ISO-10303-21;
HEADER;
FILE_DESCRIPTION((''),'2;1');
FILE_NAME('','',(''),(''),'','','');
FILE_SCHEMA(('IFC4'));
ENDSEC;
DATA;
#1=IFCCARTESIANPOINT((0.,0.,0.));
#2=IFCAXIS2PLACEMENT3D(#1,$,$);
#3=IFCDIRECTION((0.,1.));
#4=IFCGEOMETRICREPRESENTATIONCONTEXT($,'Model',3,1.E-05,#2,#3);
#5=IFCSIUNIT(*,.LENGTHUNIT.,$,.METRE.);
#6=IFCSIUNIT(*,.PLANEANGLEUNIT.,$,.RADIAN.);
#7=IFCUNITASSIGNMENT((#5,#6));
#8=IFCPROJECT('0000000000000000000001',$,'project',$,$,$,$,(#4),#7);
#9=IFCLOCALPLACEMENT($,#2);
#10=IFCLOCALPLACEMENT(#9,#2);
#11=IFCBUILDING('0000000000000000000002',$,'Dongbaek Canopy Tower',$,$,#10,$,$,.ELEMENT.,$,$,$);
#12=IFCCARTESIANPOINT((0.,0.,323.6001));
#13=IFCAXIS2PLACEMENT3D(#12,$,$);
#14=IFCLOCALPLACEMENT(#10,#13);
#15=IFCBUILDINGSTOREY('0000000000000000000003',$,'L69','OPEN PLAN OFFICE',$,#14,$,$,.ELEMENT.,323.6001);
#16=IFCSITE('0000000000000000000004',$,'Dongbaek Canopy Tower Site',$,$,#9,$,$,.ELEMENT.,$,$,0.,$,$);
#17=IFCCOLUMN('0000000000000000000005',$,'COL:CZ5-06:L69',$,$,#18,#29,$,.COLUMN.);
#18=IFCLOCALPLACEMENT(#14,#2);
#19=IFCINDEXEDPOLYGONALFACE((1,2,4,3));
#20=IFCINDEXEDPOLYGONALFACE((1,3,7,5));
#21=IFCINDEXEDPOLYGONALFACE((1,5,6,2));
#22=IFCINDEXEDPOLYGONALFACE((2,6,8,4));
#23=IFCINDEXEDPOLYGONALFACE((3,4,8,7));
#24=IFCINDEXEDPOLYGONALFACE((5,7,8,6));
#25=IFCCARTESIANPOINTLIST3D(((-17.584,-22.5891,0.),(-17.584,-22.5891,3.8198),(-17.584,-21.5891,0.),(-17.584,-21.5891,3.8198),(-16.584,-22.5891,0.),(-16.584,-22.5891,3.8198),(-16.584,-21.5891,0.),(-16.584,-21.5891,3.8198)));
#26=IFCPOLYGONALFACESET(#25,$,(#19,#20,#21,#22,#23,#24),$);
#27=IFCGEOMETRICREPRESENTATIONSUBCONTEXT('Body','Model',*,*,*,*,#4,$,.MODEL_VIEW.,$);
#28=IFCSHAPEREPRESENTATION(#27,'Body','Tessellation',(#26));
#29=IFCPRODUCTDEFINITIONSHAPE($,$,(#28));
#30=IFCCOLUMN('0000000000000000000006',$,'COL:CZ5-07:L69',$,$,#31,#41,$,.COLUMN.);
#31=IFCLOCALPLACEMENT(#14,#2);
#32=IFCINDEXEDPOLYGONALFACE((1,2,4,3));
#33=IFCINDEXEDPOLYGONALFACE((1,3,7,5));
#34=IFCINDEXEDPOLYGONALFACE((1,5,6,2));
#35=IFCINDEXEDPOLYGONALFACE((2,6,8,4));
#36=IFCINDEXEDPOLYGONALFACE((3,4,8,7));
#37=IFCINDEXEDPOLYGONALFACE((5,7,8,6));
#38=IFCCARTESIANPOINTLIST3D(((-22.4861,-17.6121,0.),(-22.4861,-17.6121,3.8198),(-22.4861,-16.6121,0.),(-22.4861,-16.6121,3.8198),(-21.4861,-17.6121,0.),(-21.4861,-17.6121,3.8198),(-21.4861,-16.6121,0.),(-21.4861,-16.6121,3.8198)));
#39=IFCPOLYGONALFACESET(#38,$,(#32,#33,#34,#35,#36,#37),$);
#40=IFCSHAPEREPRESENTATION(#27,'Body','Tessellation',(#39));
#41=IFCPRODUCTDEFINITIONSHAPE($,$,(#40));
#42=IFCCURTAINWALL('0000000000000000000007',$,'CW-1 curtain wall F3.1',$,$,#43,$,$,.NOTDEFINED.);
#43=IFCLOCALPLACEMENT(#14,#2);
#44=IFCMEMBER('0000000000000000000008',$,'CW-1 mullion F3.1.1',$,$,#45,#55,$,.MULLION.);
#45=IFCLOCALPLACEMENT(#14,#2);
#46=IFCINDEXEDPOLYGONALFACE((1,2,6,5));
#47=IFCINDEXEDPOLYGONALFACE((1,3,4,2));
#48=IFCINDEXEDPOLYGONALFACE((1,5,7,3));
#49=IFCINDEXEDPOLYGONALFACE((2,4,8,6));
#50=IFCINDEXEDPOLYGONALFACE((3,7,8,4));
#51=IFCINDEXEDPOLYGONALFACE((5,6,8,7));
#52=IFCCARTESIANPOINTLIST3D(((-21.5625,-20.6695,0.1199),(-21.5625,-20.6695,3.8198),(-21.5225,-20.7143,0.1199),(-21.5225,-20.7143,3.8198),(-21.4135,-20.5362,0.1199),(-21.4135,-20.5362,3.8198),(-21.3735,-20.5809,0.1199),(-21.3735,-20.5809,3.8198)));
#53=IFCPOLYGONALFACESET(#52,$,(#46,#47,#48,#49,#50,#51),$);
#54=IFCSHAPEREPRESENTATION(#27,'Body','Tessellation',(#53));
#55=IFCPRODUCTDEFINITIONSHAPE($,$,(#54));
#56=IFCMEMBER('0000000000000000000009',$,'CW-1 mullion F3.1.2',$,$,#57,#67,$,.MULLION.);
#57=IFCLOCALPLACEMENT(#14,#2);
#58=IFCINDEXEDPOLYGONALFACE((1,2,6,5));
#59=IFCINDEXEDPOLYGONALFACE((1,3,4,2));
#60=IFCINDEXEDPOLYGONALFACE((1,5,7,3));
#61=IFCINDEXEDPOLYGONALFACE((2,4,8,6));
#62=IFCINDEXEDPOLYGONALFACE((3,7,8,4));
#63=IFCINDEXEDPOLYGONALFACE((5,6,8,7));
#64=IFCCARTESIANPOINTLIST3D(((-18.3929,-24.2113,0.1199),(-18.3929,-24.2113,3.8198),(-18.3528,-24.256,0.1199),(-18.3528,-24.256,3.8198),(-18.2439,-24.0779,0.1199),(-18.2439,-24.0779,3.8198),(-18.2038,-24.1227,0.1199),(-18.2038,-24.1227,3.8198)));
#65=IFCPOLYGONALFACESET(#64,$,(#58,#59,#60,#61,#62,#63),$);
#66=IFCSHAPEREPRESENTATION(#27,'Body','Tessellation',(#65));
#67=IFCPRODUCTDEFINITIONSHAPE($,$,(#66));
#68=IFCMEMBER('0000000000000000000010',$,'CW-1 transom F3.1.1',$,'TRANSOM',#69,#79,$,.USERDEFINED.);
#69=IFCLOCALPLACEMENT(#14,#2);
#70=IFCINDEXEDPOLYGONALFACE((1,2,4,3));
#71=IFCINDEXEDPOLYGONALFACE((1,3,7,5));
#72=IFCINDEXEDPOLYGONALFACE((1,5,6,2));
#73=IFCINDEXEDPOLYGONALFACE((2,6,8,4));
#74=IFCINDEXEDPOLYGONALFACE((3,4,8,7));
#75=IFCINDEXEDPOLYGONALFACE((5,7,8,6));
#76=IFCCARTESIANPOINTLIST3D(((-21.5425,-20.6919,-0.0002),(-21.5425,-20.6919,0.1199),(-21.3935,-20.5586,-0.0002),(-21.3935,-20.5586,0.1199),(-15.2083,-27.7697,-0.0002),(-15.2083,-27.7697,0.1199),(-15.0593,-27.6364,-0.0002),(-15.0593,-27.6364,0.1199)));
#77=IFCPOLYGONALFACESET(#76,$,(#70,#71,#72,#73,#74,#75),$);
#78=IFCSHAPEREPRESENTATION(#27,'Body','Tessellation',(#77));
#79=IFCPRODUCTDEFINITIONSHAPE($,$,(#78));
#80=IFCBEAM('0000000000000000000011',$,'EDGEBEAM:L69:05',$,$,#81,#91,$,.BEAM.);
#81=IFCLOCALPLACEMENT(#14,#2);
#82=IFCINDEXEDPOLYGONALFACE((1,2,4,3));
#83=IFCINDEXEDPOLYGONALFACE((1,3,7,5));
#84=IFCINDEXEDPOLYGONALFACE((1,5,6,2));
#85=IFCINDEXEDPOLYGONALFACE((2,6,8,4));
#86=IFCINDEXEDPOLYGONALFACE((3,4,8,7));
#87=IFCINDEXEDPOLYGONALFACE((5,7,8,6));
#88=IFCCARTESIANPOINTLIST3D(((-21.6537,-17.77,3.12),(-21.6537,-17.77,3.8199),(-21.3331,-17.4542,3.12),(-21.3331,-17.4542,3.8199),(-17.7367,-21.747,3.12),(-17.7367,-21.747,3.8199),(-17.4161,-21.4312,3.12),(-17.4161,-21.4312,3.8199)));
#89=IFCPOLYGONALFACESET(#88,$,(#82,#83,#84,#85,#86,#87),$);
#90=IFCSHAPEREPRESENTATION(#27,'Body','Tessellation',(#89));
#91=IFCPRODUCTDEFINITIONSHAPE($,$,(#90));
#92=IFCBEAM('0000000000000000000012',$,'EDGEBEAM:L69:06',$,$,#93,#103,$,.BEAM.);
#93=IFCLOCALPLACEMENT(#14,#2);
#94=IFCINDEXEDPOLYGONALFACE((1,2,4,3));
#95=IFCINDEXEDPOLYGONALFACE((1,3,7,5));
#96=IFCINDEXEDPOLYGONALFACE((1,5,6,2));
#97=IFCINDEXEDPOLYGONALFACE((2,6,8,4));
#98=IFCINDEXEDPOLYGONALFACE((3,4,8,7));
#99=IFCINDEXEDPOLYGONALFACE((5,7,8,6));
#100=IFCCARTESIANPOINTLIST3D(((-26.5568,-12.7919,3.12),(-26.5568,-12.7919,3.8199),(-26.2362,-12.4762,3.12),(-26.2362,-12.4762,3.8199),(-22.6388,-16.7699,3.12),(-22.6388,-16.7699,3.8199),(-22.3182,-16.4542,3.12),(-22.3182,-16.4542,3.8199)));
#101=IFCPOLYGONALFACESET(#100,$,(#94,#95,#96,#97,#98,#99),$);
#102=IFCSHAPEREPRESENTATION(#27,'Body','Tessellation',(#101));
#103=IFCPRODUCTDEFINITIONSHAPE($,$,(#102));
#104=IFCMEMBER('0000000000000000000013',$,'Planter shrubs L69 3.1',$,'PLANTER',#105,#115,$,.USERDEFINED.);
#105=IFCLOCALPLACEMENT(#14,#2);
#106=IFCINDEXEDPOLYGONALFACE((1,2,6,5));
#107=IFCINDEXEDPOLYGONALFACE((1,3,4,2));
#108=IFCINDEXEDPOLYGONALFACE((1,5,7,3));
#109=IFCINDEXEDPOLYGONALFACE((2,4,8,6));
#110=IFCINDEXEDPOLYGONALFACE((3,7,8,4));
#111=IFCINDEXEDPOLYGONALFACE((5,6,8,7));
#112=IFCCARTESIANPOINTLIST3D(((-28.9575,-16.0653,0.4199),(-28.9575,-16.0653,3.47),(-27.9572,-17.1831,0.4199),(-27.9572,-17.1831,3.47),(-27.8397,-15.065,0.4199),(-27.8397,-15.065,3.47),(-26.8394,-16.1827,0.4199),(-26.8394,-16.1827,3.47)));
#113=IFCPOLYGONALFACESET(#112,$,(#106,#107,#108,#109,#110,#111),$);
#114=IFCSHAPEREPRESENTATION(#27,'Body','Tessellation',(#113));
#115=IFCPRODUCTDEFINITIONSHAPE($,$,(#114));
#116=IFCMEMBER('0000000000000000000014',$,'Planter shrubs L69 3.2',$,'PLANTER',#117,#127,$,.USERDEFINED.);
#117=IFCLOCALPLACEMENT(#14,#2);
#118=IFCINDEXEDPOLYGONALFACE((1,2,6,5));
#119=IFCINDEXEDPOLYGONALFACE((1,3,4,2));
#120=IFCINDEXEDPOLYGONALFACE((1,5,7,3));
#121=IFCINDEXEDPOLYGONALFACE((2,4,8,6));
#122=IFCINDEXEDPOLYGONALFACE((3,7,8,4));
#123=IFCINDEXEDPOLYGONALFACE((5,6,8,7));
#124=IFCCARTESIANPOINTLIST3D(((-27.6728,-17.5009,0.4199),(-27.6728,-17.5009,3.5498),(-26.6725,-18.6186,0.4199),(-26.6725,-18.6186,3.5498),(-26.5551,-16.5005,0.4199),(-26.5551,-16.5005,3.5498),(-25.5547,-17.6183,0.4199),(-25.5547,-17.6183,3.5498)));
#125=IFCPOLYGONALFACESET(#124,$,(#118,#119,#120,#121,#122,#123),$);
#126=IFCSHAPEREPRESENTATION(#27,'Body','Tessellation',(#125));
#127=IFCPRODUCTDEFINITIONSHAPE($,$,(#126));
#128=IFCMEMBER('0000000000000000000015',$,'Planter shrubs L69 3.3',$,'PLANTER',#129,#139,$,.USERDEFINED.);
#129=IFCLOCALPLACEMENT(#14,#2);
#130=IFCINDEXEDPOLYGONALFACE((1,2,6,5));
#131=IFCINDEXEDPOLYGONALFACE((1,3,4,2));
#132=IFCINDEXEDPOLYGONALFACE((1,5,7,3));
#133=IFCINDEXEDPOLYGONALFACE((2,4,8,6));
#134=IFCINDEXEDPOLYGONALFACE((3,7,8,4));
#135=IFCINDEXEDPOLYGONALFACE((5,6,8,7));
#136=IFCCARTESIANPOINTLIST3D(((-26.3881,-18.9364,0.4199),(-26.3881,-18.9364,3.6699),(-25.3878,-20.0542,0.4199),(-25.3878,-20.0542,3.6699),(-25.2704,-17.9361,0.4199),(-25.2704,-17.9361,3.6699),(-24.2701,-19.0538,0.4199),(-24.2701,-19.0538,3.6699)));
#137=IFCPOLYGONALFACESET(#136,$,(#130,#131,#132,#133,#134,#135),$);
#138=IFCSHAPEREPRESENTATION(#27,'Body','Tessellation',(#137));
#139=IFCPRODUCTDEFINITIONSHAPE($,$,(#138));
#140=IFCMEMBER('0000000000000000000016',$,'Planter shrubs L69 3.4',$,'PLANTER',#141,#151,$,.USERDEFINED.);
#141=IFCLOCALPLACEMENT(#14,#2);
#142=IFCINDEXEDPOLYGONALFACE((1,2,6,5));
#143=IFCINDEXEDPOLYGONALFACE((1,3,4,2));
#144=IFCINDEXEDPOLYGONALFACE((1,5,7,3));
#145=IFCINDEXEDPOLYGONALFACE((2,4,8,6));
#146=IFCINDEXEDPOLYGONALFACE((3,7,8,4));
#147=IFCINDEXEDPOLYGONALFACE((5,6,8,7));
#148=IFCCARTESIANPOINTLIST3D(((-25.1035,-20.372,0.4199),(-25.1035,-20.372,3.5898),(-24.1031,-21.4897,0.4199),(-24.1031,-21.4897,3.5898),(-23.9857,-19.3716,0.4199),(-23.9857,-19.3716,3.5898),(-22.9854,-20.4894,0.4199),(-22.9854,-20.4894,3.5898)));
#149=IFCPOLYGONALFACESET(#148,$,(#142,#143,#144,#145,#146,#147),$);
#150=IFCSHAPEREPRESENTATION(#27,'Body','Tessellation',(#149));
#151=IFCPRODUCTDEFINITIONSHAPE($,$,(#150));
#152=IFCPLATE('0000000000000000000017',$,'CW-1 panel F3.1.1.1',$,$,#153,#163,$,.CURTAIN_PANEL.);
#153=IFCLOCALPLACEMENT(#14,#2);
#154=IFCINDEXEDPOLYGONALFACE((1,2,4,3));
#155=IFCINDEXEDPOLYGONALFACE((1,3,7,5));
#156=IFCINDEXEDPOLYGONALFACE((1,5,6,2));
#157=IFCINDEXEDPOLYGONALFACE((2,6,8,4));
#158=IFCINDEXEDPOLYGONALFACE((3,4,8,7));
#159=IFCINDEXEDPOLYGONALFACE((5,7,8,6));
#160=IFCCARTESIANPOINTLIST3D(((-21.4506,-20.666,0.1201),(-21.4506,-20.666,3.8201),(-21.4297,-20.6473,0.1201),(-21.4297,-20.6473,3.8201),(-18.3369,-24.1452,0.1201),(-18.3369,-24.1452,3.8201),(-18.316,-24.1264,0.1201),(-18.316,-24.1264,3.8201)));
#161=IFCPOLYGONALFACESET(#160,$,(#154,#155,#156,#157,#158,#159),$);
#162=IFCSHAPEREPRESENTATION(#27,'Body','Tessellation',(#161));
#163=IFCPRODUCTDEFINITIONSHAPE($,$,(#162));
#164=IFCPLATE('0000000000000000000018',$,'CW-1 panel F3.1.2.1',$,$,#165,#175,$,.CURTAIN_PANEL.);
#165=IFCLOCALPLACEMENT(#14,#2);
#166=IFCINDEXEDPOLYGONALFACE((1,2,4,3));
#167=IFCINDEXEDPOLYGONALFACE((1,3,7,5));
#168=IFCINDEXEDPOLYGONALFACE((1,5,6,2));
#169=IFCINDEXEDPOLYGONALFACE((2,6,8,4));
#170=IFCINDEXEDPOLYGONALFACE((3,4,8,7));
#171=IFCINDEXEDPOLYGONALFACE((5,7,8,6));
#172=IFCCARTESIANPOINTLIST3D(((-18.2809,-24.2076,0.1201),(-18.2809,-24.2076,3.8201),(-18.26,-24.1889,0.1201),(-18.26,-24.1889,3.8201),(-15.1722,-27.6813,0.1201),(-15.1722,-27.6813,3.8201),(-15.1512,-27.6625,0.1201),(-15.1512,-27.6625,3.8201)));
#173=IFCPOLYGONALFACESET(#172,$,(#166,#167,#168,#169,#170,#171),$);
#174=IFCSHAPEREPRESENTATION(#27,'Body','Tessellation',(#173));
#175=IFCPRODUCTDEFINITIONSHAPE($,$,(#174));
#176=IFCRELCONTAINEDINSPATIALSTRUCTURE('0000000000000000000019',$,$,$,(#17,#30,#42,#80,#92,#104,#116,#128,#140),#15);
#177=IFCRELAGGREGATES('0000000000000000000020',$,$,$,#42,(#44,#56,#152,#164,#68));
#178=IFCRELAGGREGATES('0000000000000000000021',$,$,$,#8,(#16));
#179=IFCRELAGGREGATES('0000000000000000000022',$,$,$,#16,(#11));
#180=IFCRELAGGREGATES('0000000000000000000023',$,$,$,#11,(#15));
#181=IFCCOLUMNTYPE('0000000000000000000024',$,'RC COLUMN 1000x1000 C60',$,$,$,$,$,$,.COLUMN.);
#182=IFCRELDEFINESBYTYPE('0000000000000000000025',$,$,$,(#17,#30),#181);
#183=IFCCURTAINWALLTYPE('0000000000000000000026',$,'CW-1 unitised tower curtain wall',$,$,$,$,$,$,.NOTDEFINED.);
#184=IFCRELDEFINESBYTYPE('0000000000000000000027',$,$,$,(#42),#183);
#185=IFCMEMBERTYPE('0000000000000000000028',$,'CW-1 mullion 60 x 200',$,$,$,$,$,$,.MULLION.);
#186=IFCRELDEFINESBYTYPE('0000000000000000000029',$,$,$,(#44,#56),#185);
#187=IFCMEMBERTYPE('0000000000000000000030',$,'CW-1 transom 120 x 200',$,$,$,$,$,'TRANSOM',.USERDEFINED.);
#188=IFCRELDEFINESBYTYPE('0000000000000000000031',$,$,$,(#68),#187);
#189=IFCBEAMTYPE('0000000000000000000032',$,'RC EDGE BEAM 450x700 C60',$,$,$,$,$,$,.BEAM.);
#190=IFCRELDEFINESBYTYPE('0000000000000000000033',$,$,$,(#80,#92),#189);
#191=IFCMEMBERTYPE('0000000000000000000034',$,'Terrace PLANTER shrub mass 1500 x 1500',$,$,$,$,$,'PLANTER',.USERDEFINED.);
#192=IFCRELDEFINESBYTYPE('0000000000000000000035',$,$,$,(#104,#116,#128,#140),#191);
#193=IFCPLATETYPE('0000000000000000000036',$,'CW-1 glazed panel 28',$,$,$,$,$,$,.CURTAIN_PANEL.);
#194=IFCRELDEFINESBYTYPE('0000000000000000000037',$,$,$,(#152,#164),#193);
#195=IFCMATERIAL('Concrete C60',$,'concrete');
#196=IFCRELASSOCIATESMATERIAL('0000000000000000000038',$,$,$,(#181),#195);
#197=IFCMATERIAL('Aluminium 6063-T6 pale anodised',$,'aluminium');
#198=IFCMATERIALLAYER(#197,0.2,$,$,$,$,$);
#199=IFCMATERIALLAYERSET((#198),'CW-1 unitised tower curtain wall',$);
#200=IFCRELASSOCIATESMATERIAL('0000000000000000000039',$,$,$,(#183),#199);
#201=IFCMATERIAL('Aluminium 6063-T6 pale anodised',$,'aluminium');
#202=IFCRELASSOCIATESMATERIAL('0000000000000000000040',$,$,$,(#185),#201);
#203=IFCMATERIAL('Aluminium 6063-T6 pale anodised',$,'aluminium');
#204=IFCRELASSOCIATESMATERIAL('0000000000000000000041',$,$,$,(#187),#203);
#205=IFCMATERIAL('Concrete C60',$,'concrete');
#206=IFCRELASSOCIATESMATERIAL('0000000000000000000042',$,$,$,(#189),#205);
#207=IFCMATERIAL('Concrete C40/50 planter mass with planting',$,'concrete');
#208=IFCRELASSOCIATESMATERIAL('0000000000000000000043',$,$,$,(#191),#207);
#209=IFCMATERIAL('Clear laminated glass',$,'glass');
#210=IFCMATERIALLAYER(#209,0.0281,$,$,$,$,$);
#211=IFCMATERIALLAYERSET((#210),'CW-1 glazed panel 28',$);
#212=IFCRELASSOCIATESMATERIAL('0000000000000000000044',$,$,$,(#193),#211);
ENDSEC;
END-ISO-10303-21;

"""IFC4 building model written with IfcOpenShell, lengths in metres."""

from ifc_helpers import new_model, si_unit, direction, frame, origin, origin_2d, place, context, subcontext, project, spatial, rectangle, extrude, material, layer, layer_set, material_profile, profile_set, type_object, element, aggregate, save


model = new_model("IFC4")

# Units and contexts
model_context = context("Model", 3, precision=1e-05, world=origin(), true_north=direction((0.0, 1.0)))
body_context = subcontext(model_context, "Body", "Model", "MODEL_VIEW")
ifc_project = project(units=[si_unit("LENGTHUNIT", "METRE"), si_unit("PLANEANGLEUNIT", "RADIAN")], contexts=[model_context])

# Site, building, storey
site_placement = place(None, origin())
site = spatial("IfcSite", under=ifc_project, at=site_placement, Name="Dongbaek Canopy Tower Site", CompositionType="ELEMENT", RefElevation=0.0)
building_placement = place(site_placement, origin())
building = spatial("IfcBuilding", under=site, at=building_placement, Name="Dongbaek Canopy Tower", CompositionType="ELEMENT")
storey_placement = place(building_placement, frame((0.0, 0.0, 323.6001)))
storey = spatial("IfcBuildingStorey", under=building, at=storey_placement, Name="L69", Description="OPEN PLAN OFFICE", CompositionType="ELEMENT", Elevation=323.6001)

# Columns
ifc_material_1 = material(Name="Concrete C60", Category="concrete")
ifc_material_profile_1 = material_profile(ifc_material_1, rectangle(XDim=1.0, YDim=1.0, at=origin_2d()), Name="RC COLUMN 1000x1000 C60")
ifc_profile_set_1 = profile_set([ifc_material_profile_1], Name="Concrete C60")
column_type = type_object("IfcColumnType", Name="RC COLUMN 1000x1000 C60", PredefinedType="COLUMN", material=ifc_profile_set_1)
for number, where, z_axis, x_axis, name in (
    (1, (-17.084, -22.0891, 0.0), (0.0, 0.0, 1.0), (1.0, 0.0, 0.0), "COL:CZ5-06:L69"),
    (2, (-21.9861, -17.1121, 0.0), (0.0, 0.0, 1.0), (1.0, 0.0, 0.0), "COL:CZ5-07:L69"),
):
    element("IfcColumn", number, at=place(storey_placement, frame(where, z_axis=z_axis, x_axis=x_axis)), inside=storey, type_object=column_type, Name=name, PredefinedType="COLUMN", context=body_context, shape_type="SweptSolid", body=[
        extrude(rectangle(XDim=1.0, YDim=1.0, at=origin_2d()), origin(), (0.0, 0.0, 1.0), 3.8198),
    ])

# Curtain wall, members
ifc_material_2 = material(Name="Aluminium 6063-T6 pale anodised", Category="aluminium")
ifc_layer_1 = layer(ifc_material_2, 0.2)
ifc_layer_set_1 = layer_set([ifc_layer_1], Name="CW-1 unitised tower curtain wall")
curtain_wall_type = type_object("IfcCurtainWallType", Name="CW-1 unitised tower curtain wall", PredefinedType="NOTDEFINED", material=ifc_layer_set_1)
curtain_wall_placement = place(storey_placement, origin())
curtain_wall = element("IfcCurtainWall", 3, at=curtain_wall_placement, inside=storey, type_object=curtain_wall_type, Name="CW-1 curtain wall F3.1", PredefinedType="NOTDEFINED")
ifc_material_3 = material(Name="Aluminium 6063-T6 pale anodised", Category="aluminium")
ifc_material_profile_2 = material_profile(ifc_material_3, rectangle(XDim=0.2, YDim=0.0601, at=origin_2d()), Name="CW-1 mullion 60 x 200")
ifc_profile_set_2 = profile_set([ifc_material_profile_2], Name="Aluminium 6063-T6 pale anodised")
member_type_1 = type_object("IfcMemberType", Name="CW-1 mullion 60 x 200", PredefinedType="MULLION", material=ifc_profile_set_2)
member_1_placement = place(storey_placement, frame((-21.468, -20.6252, 0.1199), z_axis=(0.0, 0.0, 1.0), x_axis=(-0.745165, -0.66688, 0.0)))
member_1 = element("IfcMember", 4, at=member_1_placement, type_object=member_type_1, Name="CW-1 mullion F3.1.1", PredefinedType="MULLION", context=body_context, shape_type="SweptSolid", body=[
    extrude(rectangle(XDim=0.2, YDim=0.0601, at=origin_2d()), origin(), (0.0, 0.0, 1.0), 3.7),
])
member_2_placement = place(storey_placement, frame((-18.2983, -24.167, 0.1199), z_axis=(0.0, 0.0, 1.0), x_axis=(-0.745165, -0.66688, 0.0)))
member_2 = element("IfcMember", 5, at=member_2_placement, type_object=member_type_1, Name="CW-1 mullion F3.1.2", PredefinedType="MULLION", context=body_context, shape_type="SweptSolid", body=[
    extrude(rectangle(XDim=0.2, YDim=0.0601, at=origin_2d()), origin(), (0.0, 0.0, 1.0), 3.7),
])
ifc_material_4 = material(Name="Aluminium 6063-T6 pale anodised", Category="aluminium")
ifc_material_profile_3 = material_profile(ifc_material_4, rectangle(XDim=0.2, YDim=0.1201, at=origin_2d()), Name="CW-1 transom 120 x 200")
ifc_profile_set_3 = profile_set([ifc_material_profile_3], Name="Aluminium 6063-T6 pale anodised")
member_type_2 = type_object("IfcMemberType", Name="CW-1 transom 120 x 200", ElementType="TRANSOM", PredefinedType="USERDEFINED", material=ifc_profile_set_3)
member_3_placement = place(storey_placement, frame((-21.468, -20.6252, 0.0598), z_axis=(0.666876, -0.745169, 0.0), x_axis=(0.745169, 0.666876, 0.0)))
member_3 = element("IfcMember", 6, at=member_3_placement, type_object=member_type_2, Name="CW-1 transom F3.1.1", ObjectType="TRANSOM", PredefinedType="USERDEFINED", context=body_context, shape_type="SweptSolid", body=[
    extrude(rectangle(XDim=0.2, YDim=0.1201, at=origin_2d()), origin(), (0.0, 0.0, 1.0), 9.4983),
])

# Beams
ifc_material_5 = material(Name="Concrete C60", Category="concrete")
ifc_material_profile_4 = material_profile(ifc_material_5, rectangle(XDim=0.45, YDim=0.7, at=origin_2d()), Name="RC EDGE BEAM 450x700 C60")
ifc_profile_set_4 = profile_set([ifc_material_profile_4], Name="Concrete C60")
beam_type = type_object("IfcBeamType", Name="RC EDGE BEAM 450x700 C60", PredefinedType="BEAM", material=ifc_profile_set_4)
beam_1_placement = place(storey_placement, frame((-17.5764, -21.5891, 3.47), z_axis=(-0.701707, 0.712466, 0.0), x_axis=(-0.712466, -0.701707, 0.0)))
element("IfcBeam", 7, at=beam_1_placement, inside=storey, type_object=beam_type, Name="EDGEBEAM:L69:05", PredefinedType="BEAM", context=body_context, shape_type="SweptSolid", body=[
    extrude(rectangle(XDim=0.45, YDim=0.7, at=origin_2d()), origin(), (0.0, 0.0, 1.0), 5.582),
])
beam_2_placement = place(storey_placement, frame((-22.4785, -16.6121, 3.47), z_axis=(-0.701708, 0.712465, 0.0), x_axis=(-0.712465, -0.701708, 0.0)))
element("IfcBeam", 8, at=beam_2_placement, inside=storey, type_object=beam_type, Name="EDGEBEAM:L69:06", PredefinedType="BEAM", context=body_context, shape_type="SweptSolid", body=[
    extrude(rectangle(XDim=0.45, YDim=0.7, at=origin_2d()), origin(), (0.0, 0.0, 1.0), 5.5835),
])

# Members
ifc_material_6 = material(Name="Concrete C40/50 planter mass with planting", Category="concrete")
ifc_material_profile_5 = material_profile(ifc_material_6, rectangle(XDim=1.5, YDim=1.5, at=origin_2d()), Name="Terrace PLANTER shrub mass 1500 x 1500")
ifc_profile_set_5 = profile_set([ifc_material_profile_5], Name="Concrete C40/50 planter mass with planting")
member_type_3 = type_object("IfcMemberType", Name="Terrace PLANTER shrub mass 1500 x 1500", ElementType="PLANTER", PredefinedType="USERDEFINED", material=ifc_profile_set_5)
member_4_placement = place(storey_placement, frame((-27.8984, -16.124, 0.4199), z_axis=(0.0, 0.0, 1.0), x_axis=(-0.745165, -0.66688, 0.0)))
element("IfcMember", 9, at=member_4_placement, inside=storey, type_object=member_type_3, Name="Planter shrubs L69 3.1", ObjectType="PLANTER", PredefinedType="USERDEFINED", context=body_context, shape_type="SweptSolid", body=[
    extrude(rectangle(XDim=1.5, YDim=1.5, at=origin_2d()), origin(), (0.0, 0.0, 1.0), 3.05),
])
member_5_placement = place(storey_placement, frame((-26.6138, -17.5596, 0.4199), z_axis=(0.0, 0.0, 1.0), x_axis=(-0.745165, -0.66688, 0.0)))
element("IfcMember", 10, at=member_5_placement, inside=storey, type_object=member_type_3, Name="Planter shrubs L69 3.2", ObjectType="PLANTER", PredefinedType="USERDEFINED", context=body_context, shape_type="SweptSolid", body=[
    extrude(rectangle(XDim=1.5, YDim=1.5, at=origin_2d()), origin(), (0.0, 0.0, 1.0), 3.1299),
])
member_6_placement = place(storey_placement, frame((-25.3291, -18.9951, 0.4199), z_axis=(0.0, 0.0, 1.0), x_axis=(-0.745165, -0.66688, 0.0)))
element("IfcMember", 11, at=member_6_placement, inside=storey, type_object=member_type_3, Name="Planter shrubs L69 3.3", ObjectType="PLANTER", PredefinedType="USERDEFINED", context=body_context, shape_type="SweptSolid", body=[
    extrude(rectangle(XDim=1.5, YDim=1.5, at=origin_2d()), origin(), (0.0, 0.0, 1.0), 3.25),
])
member_7_placement = place(storey_placement, frame((-24.0444, -20.4307, 0.4199), z_axis=(0.0, 0.0, 1.0), x_axis=(-0.745165, -0.66688, 0.0)))
element("IfcMember", 12, at=member_7_placement, inside=storey, type_object=member_type_3, Name="Planter shrubs L69 3.4", ObjectType="PLANTER", PredefinedType="USERDEFINED", context=body_context, shape_type="SweptSolid", body=[
    extrude(rectangle(XDim=1.5, YDim=1.5, at=origin_2d()), origin(), (0.0, 0.0, 1.0), 3.1699),
])

# Plates
ifc_material_7 = material(Name="Clear laminated glass", Category="glass")
ifc_layer_2 = layer(ifc_material_7, 0.0281)
ifc_layer_set_2 = layer_set([ifc_layer_2], Name="CW-1 glazed panel 28")
plate_type = type_object("IfcPlateType", Name="CW-1 glazed panel 28", PredefinedType="CURTAIN_PANEL", material=ifc_layer_set_2)
plate_1_placement = place(storey_placement, frame((-19.8833, -22.3962, 0.1201), z_axis=(0.0, 0.0, 1.0), x_axis=(0.66688, -0.745165, 0.0)))
plate_1 = element("IfcPlate", 13, at=plate_1_placement, type_object=plate_type, Name="CW-1 panel F3.1.1.1", PredefinedType="CURTAIN_PANEL", context=body_context, shape_type="SweptSolid", body=[
    extrude(rectangle(XDim=4.6689, YDim=0.0281, at=origin_2d()), origin(), (0.0, 0.0, 1.0), 3.7),
])
plate_2_placement = place(storey_placement, frame((-16.7161, -25.9351, 0.1201), z_axis=(0.0, 0.0, 1.0), x_axis=(0.66688, -0.745165, 0.0)))
plate_2 = element("IfcPlate", 14, at=plate_2_placement, type_object=plate_type, Name="CW-1 panel F3.1.2.1", PredefinedType="CURTAIN_PANEL", context=body_context, shape_type="SweptSolid", body=[
    extrude(rectangle(XDim=4.6616, YDim=0.0281, at=origin_2d()), origin(), (0.0, 0.0, 1.0), 3.7),
])

aggregate(curtain_wall, [member_1, member_2, plate_1, plate_2, member_3])

save(model, "model.ifc")
